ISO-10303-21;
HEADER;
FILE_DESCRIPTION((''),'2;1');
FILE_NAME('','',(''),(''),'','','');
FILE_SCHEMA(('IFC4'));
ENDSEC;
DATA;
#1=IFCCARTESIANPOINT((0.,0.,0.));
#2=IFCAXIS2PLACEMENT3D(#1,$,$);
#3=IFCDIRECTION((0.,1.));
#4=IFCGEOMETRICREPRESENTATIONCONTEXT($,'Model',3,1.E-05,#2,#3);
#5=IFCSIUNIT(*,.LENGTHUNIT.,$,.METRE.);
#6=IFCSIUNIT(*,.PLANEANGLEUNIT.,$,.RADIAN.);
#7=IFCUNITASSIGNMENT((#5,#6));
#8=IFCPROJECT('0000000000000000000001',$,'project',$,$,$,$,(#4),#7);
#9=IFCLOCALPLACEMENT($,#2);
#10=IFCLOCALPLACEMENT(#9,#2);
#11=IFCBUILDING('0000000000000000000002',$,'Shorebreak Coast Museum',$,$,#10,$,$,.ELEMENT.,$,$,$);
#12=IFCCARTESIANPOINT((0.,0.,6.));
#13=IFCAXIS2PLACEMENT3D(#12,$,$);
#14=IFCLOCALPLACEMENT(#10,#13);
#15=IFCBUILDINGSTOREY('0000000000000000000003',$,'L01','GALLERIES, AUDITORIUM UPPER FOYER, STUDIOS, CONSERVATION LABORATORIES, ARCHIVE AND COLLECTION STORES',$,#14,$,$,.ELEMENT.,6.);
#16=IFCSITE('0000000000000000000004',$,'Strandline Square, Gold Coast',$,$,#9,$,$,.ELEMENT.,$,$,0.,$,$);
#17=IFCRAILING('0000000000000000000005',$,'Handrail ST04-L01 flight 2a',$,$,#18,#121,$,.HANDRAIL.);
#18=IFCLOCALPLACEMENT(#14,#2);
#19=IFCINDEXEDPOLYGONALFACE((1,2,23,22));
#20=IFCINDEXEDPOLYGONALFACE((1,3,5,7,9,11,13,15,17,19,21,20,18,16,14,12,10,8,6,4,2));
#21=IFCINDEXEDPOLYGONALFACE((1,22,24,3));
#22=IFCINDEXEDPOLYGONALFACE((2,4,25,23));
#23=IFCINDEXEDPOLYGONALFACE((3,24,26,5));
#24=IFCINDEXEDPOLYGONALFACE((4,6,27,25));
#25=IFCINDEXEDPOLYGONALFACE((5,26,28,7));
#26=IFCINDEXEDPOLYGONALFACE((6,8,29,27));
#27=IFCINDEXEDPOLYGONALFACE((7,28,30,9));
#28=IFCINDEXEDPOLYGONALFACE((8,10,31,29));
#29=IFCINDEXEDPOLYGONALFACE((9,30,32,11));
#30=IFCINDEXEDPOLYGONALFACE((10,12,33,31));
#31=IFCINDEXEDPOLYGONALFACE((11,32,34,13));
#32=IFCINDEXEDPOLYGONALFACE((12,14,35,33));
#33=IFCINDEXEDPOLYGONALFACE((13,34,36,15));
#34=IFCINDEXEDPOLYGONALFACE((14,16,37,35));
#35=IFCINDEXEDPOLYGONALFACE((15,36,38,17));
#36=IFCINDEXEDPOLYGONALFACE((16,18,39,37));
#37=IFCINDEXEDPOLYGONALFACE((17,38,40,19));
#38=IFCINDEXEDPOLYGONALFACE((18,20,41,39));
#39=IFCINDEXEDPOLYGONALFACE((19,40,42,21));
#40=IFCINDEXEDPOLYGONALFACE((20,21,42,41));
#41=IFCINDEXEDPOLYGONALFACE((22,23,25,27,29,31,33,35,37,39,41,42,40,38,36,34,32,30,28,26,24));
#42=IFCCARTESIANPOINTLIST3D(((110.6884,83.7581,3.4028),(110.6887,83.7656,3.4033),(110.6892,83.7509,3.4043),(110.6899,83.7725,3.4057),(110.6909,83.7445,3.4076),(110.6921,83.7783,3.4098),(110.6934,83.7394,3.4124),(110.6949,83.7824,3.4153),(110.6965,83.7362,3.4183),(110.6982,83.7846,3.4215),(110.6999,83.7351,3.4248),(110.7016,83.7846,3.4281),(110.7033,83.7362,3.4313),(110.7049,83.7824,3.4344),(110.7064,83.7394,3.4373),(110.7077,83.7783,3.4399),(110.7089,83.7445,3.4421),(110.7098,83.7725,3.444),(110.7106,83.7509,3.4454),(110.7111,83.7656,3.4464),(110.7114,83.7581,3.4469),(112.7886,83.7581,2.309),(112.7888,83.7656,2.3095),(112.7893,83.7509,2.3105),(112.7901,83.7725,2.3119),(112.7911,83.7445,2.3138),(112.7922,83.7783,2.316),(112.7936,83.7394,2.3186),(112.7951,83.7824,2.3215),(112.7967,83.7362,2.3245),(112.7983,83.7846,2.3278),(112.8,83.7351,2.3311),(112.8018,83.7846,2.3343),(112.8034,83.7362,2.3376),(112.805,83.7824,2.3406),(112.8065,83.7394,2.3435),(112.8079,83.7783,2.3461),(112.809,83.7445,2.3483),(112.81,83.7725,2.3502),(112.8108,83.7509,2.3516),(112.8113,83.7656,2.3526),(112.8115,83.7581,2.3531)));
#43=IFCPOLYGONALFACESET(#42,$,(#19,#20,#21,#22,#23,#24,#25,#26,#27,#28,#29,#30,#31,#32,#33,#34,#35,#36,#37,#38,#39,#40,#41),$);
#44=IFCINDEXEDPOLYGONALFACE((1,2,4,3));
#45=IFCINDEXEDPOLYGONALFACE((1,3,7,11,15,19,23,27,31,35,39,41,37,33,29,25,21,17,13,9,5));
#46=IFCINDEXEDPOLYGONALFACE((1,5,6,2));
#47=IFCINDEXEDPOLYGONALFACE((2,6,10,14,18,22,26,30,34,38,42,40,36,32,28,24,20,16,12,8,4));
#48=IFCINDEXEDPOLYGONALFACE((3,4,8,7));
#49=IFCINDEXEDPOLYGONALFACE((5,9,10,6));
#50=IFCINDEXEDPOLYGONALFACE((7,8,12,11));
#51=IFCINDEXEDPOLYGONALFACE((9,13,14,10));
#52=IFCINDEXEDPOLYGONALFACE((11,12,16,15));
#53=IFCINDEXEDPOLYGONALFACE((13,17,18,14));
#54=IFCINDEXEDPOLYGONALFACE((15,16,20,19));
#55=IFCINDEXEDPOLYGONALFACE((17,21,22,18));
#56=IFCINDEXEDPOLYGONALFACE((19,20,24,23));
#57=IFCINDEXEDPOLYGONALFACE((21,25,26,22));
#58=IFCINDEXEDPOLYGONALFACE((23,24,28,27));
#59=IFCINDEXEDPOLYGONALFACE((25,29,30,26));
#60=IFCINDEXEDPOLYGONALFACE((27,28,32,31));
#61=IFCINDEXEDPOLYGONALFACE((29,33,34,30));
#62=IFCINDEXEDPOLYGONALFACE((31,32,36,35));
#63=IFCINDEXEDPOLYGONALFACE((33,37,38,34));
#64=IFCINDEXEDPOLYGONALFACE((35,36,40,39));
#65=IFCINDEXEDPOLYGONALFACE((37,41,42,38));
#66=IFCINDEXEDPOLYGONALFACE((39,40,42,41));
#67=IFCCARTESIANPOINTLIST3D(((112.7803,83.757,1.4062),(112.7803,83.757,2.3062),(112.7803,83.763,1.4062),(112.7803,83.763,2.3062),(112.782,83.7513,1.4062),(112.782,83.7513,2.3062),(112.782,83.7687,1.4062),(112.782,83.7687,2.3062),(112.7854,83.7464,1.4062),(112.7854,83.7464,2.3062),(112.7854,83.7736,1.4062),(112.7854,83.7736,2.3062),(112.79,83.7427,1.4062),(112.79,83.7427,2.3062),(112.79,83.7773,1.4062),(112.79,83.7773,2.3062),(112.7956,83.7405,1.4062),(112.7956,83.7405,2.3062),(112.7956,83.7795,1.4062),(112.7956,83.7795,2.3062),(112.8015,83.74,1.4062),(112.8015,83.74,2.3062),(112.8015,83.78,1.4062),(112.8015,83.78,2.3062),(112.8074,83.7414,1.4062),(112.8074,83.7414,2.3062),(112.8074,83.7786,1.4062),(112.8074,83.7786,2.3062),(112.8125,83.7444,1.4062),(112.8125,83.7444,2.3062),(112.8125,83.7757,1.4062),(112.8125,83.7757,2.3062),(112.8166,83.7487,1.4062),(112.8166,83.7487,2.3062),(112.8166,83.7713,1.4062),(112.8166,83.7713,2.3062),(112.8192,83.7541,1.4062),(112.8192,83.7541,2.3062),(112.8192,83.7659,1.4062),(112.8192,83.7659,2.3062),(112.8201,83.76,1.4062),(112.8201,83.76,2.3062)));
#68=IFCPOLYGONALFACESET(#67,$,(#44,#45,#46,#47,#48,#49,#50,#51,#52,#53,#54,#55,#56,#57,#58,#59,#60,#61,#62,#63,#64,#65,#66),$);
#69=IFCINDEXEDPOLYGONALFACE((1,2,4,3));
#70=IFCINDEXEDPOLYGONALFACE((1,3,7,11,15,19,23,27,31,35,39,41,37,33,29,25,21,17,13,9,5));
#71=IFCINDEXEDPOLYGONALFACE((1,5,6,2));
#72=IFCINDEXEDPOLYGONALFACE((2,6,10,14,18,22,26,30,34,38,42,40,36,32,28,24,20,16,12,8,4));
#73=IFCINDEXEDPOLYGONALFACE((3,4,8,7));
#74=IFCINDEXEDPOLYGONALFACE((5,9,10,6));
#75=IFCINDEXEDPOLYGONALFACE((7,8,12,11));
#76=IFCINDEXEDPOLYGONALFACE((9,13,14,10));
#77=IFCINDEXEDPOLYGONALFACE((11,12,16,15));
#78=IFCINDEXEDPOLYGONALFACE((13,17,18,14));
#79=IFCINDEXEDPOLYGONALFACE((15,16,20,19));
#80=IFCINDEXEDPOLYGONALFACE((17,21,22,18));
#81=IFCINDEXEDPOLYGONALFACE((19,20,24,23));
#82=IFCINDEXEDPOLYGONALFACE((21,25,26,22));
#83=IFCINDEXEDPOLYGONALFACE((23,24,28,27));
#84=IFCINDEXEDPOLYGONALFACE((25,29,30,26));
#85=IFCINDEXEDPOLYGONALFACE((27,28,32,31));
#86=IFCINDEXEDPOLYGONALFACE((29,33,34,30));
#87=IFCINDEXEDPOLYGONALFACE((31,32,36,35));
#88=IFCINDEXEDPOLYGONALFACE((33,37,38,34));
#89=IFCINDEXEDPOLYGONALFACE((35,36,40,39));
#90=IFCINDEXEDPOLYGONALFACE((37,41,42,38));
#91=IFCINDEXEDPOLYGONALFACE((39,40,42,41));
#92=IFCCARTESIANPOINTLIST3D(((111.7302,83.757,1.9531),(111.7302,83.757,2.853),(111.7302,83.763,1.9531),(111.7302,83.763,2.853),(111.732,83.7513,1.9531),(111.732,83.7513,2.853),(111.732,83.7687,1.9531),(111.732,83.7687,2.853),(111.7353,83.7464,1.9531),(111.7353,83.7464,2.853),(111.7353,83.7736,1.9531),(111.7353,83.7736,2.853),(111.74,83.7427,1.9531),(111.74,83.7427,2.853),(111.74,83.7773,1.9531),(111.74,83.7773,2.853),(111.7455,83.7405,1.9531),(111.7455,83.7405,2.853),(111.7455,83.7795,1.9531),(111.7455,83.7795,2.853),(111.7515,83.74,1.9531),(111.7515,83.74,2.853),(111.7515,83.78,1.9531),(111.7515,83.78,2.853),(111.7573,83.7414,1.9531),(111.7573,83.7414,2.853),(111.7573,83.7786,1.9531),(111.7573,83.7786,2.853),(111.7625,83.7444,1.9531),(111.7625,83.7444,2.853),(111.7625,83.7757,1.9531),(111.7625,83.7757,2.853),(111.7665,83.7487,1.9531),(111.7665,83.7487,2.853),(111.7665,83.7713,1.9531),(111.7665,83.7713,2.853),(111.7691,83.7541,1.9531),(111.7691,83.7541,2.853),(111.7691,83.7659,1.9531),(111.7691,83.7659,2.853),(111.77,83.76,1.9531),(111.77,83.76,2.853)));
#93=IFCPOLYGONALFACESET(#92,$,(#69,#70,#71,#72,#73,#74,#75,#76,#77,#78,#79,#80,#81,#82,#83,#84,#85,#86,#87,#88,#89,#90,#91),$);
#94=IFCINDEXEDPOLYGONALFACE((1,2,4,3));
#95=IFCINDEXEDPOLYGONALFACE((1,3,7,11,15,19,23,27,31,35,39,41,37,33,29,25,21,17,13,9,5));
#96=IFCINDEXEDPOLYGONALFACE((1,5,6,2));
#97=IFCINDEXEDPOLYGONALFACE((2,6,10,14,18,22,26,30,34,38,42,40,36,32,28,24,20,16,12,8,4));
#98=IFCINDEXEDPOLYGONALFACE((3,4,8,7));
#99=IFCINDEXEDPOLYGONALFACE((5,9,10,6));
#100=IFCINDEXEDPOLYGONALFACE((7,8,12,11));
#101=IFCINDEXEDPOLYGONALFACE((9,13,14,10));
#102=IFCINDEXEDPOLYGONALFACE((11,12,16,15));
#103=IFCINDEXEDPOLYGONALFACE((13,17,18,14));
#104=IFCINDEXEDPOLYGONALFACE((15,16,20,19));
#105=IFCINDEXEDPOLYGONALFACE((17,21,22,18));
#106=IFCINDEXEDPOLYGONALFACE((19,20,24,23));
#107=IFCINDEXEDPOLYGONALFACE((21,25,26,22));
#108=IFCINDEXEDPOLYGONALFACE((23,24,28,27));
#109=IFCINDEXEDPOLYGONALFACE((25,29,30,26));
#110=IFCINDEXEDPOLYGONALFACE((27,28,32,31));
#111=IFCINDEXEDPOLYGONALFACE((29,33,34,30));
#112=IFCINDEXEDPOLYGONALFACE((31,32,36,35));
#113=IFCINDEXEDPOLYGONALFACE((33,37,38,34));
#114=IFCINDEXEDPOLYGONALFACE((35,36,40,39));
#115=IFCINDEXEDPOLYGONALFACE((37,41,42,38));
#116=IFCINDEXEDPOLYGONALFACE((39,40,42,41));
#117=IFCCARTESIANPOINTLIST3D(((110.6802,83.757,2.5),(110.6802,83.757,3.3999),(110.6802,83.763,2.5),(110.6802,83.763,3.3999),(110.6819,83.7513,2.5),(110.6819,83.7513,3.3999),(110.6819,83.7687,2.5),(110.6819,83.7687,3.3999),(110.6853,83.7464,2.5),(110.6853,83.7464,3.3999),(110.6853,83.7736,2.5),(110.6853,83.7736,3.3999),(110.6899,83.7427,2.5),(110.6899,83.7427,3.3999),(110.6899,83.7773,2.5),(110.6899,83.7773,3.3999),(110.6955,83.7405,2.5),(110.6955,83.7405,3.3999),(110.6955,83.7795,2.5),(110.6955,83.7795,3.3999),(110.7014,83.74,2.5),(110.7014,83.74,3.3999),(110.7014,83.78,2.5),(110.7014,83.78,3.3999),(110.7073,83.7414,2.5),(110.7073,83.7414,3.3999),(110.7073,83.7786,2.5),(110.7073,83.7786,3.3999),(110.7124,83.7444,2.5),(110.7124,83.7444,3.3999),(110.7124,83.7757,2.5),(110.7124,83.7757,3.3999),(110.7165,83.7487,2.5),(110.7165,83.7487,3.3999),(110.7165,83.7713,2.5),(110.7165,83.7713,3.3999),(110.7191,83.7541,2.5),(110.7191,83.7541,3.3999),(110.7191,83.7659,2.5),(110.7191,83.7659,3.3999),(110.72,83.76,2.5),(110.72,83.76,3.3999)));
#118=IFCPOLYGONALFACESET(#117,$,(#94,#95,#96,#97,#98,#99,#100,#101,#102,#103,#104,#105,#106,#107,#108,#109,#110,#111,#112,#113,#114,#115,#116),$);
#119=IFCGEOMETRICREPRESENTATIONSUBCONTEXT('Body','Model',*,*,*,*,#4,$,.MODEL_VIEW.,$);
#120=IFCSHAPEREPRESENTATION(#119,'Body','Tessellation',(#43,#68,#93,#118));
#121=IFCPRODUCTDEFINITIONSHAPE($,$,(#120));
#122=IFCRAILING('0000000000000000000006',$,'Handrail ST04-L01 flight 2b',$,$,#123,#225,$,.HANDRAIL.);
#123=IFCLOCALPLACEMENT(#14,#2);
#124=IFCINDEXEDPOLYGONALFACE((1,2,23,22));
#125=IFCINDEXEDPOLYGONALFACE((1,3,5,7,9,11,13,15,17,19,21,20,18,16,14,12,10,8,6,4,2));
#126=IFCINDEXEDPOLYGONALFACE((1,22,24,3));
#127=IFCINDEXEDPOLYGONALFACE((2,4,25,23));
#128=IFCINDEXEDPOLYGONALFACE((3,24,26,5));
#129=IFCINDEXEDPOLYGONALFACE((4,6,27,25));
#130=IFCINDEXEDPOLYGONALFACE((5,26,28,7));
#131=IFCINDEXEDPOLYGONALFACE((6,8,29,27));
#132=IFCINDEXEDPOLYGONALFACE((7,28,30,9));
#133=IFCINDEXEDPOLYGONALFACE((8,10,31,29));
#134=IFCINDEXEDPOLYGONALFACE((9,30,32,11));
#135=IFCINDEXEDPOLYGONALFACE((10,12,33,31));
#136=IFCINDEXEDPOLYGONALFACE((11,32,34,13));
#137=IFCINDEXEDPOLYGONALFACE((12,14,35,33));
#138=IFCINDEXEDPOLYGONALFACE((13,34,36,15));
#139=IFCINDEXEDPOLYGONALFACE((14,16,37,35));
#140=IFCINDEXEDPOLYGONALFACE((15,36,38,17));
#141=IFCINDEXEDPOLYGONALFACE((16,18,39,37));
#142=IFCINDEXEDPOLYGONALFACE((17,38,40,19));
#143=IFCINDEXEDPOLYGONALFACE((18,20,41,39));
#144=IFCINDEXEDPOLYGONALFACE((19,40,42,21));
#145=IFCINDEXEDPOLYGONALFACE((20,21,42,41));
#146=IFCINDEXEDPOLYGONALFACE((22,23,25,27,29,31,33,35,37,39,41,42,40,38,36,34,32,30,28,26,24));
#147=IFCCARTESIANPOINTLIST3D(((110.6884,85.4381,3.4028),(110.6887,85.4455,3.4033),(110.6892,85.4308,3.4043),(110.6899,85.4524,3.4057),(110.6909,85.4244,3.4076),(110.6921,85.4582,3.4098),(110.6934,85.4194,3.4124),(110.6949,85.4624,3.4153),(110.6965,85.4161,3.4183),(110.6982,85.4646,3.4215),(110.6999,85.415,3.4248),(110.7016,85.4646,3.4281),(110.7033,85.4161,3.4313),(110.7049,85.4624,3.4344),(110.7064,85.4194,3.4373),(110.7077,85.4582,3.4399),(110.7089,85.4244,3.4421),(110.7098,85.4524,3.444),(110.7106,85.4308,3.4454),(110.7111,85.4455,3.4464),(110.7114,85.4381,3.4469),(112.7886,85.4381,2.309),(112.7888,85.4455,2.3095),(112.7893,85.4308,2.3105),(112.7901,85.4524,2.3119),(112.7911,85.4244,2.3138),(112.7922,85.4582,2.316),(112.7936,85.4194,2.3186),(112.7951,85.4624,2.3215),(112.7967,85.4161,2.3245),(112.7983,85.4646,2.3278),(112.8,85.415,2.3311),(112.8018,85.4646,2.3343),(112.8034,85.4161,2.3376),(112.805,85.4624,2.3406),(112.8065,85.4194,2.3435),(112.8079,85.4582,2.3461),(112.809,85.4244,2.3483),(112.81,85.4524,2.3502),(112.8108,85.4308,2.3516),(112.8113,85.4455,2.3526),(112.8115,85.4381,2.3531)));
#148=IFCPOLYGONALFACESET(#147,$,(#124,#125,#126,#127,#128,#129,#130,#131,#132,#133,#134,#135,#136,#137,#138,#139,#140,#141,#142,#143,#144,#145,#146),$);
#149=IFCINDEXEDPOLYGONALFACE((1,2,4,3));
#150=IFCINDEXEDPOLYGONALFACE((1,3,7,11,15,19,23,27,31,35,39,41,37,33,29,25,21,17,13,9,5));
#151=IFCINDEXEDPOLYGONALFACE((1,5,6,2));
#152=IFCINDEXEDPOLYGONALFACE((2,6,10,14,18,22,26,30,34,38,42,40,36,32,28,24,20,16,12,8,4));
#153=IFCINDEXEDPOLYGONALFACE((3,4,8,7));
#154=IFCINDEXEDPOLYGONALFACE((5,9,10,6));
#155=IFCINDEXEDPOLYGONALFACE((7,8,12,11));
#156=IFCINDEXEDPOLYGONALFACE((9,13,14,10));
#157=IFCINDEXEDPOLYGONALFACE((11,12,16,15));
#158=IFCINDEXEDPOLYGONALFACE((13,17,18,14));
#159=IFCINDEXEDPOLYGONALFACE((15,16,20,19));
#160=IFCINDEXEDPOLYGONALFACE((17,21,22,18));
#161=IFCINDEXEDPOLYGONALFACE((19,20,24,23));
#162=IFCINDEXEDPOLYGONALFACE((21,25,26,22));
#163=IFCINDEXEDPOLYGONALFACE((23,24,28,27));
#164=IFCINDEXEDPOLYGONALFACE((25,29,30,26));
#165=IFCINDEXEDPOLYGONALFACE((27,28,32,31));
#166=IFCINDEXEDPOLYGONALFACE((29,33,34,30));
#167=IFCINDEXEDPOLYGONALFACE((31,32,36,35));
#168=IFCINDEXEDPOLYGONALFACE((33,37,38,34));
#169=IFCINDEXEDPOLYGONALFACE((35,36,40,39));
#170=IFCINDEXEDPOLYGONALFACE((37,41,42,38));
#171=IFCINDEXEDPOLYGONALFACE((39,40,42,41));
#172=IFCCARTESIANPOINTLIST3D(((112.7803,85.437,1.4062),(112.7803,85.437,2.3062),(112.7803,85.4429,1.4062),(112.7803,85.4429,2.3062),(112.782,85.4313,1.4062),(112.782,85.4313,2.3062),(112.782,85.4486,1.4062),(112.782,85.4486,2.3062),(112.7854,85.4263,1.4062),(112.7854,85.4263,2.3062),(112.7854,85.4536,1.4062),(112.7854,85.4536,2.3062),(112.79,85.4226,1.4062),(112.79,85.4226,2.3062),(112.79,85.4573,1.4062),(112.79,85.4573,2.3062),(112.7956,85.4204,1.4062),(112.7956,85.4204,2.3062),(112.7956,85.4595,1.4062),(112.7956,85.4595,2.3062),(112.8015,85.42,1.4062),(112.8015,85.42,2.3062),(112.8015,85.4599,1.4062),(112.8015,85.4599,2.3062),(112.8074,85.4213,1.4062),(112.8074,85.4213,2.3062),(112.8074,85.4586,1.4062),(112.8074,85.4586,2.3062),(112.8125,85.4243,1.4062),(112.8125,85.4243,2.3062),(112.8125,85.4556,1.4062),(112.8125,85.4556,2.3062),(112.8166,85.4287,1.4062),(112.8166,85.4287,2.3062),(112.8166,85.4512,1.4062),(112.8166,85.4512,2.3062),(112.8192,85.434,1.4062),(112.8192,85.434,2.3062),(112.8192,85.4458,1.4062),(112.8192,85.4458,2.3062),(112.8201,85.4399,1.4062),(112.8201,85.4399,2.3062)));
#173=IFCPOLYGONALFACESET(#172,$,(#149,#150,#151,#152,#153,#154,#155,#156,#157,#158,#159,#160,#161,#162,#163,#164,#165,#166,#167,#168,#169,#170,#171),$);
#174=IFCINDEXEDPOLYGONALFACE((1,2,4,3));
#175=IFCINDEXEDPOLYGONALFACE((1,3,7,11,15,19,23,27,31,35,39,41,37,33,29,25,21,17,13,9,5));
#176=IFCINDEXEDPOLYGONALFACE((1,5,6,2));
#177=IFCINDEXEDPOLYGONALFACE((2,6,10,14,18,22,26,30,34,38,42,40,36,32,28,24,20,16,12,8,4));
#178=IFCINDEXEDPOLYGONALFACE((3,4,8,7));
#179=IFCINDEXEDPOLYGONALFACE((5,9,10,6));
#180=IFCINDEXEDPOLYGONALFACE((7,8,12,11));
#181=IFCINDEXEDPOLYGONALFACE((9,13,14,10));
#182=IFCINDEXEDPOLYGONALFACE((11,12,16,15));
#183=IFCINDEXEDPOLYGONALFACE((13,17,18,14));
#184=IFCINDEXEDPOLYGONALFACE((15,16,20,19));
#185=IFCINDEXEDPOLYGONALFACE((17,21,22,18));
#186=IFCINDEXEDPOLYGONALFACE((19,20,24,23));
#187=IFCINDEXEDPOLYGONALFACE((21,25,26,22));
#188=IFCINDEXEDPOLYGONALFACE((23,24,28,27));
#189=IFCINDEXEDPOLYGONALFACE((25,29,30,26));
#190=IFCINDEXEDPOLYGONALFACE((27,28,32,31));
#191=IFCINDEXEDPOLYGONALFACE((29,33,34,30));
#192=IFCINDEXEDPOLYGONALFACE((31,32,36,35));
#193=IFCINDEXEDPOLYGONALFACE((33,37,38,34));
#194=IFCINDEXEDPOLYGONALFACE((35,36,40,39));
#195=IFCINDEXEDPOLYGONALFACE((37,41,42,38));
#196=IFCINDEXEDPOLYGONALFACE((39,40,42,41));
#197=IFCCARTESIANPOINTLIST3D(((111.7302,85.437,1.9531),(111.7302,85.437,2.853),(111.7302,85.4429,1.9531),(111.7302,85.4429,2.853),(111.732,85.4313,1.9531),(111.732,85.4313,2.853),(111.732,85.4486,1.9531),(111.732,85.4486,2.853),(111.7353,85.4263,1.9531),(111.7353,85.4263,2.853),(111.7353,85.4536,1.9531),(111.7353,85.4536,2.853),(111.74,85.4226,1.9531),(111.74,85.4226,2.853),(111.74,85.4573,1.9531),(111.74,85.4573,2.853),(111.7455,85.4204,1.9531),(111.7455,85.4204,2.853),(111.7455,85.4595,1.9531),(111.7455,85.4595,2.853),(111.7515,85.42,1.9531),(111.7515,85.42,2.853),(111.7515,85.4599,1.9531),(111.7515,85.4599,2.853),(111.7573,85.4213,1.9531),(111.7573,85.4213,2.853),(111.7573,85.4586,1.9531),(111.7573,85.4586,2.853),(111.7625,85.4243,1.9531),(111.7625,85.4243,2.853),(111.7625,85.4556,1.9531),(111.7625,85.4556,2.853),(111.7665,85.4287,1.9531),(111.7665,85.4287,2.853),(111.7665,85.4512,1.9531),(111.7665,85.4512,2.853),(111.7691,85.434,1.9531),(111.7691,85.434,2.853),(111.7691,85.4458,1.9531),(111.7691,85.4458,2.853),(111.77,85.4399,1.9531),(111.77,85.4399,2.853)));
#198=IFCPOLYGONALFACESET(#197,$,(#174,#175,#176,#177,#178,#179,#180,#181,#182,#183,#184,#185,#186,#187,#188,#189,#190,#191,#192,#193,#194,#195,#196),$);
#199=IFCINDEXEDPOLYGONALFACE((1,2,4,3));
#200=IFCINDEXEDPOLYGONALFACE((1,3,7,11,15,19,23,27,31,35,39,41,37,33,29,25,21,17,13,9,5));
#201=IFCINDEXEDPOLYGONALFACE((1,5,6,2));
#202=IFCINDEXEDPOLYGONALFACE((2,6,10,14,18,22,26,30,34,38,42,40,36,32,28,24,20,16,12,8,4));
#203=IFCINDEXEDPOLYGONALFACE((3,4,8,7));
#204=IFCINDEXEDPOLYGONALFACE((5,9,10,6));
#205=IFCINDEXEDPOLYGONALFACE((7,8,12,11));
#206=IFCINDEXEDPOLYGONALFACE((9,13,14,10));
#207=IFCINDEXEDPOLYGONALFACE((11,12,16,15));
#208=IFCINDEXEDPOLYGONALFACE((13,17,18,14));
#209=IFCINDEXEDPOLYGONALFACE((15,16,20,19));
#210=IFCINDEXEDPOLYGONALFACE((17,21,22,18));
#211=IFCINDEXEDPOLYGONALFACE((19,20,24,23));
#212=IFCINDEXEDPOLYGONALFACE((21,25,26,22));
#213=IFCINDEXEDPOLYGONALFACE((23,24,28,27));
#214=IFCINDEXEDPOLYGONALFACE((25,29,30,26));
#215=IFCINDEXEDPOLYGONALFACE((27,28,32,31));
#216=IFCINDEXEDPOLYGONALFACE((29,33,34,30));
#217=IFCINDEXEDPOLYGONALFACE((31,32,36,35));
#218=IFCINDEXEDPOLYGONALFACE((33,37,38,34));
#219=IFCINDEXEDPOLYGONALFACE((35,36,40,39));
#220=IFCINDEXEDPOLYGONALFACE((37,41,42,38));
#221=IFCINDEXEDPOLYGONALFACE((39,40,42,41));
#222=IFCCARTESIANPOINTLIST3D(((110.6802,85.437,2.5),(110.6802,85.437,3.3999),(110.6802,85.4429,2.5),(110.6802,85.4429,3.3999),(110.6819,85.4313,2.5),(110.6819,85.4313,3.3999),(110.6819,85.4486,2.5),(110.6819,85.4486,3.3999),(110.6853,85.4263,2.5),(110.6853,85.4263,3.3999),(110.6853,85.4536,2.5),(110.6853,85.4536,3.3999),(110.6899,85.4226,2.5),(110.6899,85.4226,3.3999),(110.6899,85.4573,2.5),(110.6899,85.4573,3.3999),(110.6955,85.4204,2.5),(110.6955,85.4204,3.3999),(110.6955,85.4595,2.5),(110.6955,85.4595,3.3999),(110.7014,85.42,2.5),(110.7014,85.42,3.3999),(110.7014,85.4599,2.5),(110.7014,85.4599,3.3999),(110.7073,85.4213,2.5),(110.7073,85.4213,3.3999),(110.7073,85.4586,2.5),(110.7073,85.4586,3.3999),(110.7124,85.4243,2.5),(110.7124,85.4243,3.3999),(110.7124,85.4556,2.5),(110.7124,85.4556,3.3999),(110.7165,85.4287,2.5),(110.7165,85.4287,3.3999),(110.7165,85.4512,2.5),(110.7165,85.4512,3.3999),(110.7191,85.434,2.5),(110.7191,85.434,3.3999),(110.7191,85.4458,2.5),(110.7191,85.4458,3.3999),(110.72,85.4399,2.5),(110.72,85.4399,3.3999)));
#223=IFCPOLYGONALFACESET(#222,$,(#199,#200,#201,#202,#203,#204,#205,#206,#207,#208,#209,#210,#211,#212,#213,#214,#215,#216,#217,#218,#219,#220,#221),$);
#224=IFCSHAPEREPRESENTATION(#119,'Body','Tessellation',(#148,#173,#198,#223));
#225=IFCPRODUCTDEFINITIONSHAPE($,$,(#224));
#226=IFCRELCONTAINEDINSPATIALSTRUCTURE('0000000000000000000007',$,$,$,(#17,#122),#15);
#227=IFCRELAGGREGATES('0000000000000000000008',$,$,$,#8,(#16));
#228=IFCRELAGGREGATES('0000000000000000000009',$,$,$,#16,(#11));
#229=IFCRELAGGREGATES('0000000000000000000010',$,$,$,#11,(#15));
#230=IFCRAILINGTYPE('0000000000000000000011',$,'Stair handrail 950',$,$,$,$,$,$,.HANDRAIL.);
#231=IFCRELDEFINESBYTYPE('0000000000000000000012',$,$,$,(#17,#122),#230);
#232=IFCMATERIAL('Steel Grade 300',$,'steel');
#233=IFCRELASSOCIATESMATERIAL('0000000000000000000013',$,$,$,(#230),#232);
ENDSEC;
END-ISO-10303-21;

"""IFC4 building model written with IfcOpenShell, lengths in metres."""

from ifc_helpers import new_model, si_unit, direction, frame, origin, origin_2d, place, context, subcontext, project, spatial, circle, extrude, material, type_object, element, save


model = new_model("IFC4")

# Units and contexts
model_context = context("Model", 3, precision=1e-05, world=origin(), true_north=direction((0.0, 1.0)))
body_context = subcontext(model_context, "Body", "Model", "MODEL_VIEW")
ifc_project = project(units=[si_unit("LENGTHUNIT", "METRE"), si_unit("PLANEANGLEUNIT", "RADIAN")], contexts=[model_context])

# Site, building, storey
site_placement = place(None, origin())
site = spatial("IfcSite", under=ifc_project, at=site_placement, Name="Strandline Square, Gold Coast", CompositionType="ELEMENT", RefElevation=0.0)
building_placement = place(site_placement, origin())
building = spatial("IfcBuilding", under=site, at=building_placement, Name="Shorebreak Coast Museum", CompositionType="ELEMENT")
storey_placement = place(building_placement, frame((0.0, 0.0, 6.0)))
storey = spatial("IfcBuildingStorey", under=building, at=storey_placement, Name="L01", Description="GALLERIES, AUDITORIUM UPPER FOYER, STUDIOS, CONSERVATION LABORATORIES, ARCHIVE AND COLLECTION STORES", CompositionType="ELEMENT", Elevation=6.0)

# Railings
ifc_material_1 = material(Name="Steel Grade 300", Category="steel")
railing_type_1 = type_object("IfcRailingType", Name="Stair handrail 950", PredefinedType="HANDRAIL", material=ifc_material_1)
for number, where, name in (
    (1, (112.8, 83.76, 1.4062), "Handrail ST04-L01 flight 2a"),
    (2, (112.8, 85.4399, 1.4062), "Handrail ST04-L01 flight 2b"),
):
    element("IfcRailing", number, at=place(storey_placement, frame(where)), inside=storey, type_object=railing_type_1, Name=name, PredefinedType="HANDRAIL", context=body_context, shape_type="SweptSolid", body=[
        extrude(circle(Radius=0.0249, at=origin_2d()), frame((0.0, 0.0, 0.9248), z_axis=(-0.886923, 0.0, 0.461918), x_axis=(0.0, -1.0, 0.0)), (0.0, 0.0, 1.0), 2.3679),
        extrude(circle(Radius=0.02, at=origin_2d()), origin(), (0.0, 0.0, 1.0), 0.8999),
        extrude(circle(Radius=0.02, at=origin_2d()), frame((-1.05, 0.0, 0.5469)), (0.0, 0.0, 1.0), 0.8999),
        extrude(circle(Radius=0.02, at=origin_2d()), frame((-2.1001, 0.0, 1.0938)), (0.0, 0.0, 1.0), 0.8999),
    ])

save(model, "model.ifc")
